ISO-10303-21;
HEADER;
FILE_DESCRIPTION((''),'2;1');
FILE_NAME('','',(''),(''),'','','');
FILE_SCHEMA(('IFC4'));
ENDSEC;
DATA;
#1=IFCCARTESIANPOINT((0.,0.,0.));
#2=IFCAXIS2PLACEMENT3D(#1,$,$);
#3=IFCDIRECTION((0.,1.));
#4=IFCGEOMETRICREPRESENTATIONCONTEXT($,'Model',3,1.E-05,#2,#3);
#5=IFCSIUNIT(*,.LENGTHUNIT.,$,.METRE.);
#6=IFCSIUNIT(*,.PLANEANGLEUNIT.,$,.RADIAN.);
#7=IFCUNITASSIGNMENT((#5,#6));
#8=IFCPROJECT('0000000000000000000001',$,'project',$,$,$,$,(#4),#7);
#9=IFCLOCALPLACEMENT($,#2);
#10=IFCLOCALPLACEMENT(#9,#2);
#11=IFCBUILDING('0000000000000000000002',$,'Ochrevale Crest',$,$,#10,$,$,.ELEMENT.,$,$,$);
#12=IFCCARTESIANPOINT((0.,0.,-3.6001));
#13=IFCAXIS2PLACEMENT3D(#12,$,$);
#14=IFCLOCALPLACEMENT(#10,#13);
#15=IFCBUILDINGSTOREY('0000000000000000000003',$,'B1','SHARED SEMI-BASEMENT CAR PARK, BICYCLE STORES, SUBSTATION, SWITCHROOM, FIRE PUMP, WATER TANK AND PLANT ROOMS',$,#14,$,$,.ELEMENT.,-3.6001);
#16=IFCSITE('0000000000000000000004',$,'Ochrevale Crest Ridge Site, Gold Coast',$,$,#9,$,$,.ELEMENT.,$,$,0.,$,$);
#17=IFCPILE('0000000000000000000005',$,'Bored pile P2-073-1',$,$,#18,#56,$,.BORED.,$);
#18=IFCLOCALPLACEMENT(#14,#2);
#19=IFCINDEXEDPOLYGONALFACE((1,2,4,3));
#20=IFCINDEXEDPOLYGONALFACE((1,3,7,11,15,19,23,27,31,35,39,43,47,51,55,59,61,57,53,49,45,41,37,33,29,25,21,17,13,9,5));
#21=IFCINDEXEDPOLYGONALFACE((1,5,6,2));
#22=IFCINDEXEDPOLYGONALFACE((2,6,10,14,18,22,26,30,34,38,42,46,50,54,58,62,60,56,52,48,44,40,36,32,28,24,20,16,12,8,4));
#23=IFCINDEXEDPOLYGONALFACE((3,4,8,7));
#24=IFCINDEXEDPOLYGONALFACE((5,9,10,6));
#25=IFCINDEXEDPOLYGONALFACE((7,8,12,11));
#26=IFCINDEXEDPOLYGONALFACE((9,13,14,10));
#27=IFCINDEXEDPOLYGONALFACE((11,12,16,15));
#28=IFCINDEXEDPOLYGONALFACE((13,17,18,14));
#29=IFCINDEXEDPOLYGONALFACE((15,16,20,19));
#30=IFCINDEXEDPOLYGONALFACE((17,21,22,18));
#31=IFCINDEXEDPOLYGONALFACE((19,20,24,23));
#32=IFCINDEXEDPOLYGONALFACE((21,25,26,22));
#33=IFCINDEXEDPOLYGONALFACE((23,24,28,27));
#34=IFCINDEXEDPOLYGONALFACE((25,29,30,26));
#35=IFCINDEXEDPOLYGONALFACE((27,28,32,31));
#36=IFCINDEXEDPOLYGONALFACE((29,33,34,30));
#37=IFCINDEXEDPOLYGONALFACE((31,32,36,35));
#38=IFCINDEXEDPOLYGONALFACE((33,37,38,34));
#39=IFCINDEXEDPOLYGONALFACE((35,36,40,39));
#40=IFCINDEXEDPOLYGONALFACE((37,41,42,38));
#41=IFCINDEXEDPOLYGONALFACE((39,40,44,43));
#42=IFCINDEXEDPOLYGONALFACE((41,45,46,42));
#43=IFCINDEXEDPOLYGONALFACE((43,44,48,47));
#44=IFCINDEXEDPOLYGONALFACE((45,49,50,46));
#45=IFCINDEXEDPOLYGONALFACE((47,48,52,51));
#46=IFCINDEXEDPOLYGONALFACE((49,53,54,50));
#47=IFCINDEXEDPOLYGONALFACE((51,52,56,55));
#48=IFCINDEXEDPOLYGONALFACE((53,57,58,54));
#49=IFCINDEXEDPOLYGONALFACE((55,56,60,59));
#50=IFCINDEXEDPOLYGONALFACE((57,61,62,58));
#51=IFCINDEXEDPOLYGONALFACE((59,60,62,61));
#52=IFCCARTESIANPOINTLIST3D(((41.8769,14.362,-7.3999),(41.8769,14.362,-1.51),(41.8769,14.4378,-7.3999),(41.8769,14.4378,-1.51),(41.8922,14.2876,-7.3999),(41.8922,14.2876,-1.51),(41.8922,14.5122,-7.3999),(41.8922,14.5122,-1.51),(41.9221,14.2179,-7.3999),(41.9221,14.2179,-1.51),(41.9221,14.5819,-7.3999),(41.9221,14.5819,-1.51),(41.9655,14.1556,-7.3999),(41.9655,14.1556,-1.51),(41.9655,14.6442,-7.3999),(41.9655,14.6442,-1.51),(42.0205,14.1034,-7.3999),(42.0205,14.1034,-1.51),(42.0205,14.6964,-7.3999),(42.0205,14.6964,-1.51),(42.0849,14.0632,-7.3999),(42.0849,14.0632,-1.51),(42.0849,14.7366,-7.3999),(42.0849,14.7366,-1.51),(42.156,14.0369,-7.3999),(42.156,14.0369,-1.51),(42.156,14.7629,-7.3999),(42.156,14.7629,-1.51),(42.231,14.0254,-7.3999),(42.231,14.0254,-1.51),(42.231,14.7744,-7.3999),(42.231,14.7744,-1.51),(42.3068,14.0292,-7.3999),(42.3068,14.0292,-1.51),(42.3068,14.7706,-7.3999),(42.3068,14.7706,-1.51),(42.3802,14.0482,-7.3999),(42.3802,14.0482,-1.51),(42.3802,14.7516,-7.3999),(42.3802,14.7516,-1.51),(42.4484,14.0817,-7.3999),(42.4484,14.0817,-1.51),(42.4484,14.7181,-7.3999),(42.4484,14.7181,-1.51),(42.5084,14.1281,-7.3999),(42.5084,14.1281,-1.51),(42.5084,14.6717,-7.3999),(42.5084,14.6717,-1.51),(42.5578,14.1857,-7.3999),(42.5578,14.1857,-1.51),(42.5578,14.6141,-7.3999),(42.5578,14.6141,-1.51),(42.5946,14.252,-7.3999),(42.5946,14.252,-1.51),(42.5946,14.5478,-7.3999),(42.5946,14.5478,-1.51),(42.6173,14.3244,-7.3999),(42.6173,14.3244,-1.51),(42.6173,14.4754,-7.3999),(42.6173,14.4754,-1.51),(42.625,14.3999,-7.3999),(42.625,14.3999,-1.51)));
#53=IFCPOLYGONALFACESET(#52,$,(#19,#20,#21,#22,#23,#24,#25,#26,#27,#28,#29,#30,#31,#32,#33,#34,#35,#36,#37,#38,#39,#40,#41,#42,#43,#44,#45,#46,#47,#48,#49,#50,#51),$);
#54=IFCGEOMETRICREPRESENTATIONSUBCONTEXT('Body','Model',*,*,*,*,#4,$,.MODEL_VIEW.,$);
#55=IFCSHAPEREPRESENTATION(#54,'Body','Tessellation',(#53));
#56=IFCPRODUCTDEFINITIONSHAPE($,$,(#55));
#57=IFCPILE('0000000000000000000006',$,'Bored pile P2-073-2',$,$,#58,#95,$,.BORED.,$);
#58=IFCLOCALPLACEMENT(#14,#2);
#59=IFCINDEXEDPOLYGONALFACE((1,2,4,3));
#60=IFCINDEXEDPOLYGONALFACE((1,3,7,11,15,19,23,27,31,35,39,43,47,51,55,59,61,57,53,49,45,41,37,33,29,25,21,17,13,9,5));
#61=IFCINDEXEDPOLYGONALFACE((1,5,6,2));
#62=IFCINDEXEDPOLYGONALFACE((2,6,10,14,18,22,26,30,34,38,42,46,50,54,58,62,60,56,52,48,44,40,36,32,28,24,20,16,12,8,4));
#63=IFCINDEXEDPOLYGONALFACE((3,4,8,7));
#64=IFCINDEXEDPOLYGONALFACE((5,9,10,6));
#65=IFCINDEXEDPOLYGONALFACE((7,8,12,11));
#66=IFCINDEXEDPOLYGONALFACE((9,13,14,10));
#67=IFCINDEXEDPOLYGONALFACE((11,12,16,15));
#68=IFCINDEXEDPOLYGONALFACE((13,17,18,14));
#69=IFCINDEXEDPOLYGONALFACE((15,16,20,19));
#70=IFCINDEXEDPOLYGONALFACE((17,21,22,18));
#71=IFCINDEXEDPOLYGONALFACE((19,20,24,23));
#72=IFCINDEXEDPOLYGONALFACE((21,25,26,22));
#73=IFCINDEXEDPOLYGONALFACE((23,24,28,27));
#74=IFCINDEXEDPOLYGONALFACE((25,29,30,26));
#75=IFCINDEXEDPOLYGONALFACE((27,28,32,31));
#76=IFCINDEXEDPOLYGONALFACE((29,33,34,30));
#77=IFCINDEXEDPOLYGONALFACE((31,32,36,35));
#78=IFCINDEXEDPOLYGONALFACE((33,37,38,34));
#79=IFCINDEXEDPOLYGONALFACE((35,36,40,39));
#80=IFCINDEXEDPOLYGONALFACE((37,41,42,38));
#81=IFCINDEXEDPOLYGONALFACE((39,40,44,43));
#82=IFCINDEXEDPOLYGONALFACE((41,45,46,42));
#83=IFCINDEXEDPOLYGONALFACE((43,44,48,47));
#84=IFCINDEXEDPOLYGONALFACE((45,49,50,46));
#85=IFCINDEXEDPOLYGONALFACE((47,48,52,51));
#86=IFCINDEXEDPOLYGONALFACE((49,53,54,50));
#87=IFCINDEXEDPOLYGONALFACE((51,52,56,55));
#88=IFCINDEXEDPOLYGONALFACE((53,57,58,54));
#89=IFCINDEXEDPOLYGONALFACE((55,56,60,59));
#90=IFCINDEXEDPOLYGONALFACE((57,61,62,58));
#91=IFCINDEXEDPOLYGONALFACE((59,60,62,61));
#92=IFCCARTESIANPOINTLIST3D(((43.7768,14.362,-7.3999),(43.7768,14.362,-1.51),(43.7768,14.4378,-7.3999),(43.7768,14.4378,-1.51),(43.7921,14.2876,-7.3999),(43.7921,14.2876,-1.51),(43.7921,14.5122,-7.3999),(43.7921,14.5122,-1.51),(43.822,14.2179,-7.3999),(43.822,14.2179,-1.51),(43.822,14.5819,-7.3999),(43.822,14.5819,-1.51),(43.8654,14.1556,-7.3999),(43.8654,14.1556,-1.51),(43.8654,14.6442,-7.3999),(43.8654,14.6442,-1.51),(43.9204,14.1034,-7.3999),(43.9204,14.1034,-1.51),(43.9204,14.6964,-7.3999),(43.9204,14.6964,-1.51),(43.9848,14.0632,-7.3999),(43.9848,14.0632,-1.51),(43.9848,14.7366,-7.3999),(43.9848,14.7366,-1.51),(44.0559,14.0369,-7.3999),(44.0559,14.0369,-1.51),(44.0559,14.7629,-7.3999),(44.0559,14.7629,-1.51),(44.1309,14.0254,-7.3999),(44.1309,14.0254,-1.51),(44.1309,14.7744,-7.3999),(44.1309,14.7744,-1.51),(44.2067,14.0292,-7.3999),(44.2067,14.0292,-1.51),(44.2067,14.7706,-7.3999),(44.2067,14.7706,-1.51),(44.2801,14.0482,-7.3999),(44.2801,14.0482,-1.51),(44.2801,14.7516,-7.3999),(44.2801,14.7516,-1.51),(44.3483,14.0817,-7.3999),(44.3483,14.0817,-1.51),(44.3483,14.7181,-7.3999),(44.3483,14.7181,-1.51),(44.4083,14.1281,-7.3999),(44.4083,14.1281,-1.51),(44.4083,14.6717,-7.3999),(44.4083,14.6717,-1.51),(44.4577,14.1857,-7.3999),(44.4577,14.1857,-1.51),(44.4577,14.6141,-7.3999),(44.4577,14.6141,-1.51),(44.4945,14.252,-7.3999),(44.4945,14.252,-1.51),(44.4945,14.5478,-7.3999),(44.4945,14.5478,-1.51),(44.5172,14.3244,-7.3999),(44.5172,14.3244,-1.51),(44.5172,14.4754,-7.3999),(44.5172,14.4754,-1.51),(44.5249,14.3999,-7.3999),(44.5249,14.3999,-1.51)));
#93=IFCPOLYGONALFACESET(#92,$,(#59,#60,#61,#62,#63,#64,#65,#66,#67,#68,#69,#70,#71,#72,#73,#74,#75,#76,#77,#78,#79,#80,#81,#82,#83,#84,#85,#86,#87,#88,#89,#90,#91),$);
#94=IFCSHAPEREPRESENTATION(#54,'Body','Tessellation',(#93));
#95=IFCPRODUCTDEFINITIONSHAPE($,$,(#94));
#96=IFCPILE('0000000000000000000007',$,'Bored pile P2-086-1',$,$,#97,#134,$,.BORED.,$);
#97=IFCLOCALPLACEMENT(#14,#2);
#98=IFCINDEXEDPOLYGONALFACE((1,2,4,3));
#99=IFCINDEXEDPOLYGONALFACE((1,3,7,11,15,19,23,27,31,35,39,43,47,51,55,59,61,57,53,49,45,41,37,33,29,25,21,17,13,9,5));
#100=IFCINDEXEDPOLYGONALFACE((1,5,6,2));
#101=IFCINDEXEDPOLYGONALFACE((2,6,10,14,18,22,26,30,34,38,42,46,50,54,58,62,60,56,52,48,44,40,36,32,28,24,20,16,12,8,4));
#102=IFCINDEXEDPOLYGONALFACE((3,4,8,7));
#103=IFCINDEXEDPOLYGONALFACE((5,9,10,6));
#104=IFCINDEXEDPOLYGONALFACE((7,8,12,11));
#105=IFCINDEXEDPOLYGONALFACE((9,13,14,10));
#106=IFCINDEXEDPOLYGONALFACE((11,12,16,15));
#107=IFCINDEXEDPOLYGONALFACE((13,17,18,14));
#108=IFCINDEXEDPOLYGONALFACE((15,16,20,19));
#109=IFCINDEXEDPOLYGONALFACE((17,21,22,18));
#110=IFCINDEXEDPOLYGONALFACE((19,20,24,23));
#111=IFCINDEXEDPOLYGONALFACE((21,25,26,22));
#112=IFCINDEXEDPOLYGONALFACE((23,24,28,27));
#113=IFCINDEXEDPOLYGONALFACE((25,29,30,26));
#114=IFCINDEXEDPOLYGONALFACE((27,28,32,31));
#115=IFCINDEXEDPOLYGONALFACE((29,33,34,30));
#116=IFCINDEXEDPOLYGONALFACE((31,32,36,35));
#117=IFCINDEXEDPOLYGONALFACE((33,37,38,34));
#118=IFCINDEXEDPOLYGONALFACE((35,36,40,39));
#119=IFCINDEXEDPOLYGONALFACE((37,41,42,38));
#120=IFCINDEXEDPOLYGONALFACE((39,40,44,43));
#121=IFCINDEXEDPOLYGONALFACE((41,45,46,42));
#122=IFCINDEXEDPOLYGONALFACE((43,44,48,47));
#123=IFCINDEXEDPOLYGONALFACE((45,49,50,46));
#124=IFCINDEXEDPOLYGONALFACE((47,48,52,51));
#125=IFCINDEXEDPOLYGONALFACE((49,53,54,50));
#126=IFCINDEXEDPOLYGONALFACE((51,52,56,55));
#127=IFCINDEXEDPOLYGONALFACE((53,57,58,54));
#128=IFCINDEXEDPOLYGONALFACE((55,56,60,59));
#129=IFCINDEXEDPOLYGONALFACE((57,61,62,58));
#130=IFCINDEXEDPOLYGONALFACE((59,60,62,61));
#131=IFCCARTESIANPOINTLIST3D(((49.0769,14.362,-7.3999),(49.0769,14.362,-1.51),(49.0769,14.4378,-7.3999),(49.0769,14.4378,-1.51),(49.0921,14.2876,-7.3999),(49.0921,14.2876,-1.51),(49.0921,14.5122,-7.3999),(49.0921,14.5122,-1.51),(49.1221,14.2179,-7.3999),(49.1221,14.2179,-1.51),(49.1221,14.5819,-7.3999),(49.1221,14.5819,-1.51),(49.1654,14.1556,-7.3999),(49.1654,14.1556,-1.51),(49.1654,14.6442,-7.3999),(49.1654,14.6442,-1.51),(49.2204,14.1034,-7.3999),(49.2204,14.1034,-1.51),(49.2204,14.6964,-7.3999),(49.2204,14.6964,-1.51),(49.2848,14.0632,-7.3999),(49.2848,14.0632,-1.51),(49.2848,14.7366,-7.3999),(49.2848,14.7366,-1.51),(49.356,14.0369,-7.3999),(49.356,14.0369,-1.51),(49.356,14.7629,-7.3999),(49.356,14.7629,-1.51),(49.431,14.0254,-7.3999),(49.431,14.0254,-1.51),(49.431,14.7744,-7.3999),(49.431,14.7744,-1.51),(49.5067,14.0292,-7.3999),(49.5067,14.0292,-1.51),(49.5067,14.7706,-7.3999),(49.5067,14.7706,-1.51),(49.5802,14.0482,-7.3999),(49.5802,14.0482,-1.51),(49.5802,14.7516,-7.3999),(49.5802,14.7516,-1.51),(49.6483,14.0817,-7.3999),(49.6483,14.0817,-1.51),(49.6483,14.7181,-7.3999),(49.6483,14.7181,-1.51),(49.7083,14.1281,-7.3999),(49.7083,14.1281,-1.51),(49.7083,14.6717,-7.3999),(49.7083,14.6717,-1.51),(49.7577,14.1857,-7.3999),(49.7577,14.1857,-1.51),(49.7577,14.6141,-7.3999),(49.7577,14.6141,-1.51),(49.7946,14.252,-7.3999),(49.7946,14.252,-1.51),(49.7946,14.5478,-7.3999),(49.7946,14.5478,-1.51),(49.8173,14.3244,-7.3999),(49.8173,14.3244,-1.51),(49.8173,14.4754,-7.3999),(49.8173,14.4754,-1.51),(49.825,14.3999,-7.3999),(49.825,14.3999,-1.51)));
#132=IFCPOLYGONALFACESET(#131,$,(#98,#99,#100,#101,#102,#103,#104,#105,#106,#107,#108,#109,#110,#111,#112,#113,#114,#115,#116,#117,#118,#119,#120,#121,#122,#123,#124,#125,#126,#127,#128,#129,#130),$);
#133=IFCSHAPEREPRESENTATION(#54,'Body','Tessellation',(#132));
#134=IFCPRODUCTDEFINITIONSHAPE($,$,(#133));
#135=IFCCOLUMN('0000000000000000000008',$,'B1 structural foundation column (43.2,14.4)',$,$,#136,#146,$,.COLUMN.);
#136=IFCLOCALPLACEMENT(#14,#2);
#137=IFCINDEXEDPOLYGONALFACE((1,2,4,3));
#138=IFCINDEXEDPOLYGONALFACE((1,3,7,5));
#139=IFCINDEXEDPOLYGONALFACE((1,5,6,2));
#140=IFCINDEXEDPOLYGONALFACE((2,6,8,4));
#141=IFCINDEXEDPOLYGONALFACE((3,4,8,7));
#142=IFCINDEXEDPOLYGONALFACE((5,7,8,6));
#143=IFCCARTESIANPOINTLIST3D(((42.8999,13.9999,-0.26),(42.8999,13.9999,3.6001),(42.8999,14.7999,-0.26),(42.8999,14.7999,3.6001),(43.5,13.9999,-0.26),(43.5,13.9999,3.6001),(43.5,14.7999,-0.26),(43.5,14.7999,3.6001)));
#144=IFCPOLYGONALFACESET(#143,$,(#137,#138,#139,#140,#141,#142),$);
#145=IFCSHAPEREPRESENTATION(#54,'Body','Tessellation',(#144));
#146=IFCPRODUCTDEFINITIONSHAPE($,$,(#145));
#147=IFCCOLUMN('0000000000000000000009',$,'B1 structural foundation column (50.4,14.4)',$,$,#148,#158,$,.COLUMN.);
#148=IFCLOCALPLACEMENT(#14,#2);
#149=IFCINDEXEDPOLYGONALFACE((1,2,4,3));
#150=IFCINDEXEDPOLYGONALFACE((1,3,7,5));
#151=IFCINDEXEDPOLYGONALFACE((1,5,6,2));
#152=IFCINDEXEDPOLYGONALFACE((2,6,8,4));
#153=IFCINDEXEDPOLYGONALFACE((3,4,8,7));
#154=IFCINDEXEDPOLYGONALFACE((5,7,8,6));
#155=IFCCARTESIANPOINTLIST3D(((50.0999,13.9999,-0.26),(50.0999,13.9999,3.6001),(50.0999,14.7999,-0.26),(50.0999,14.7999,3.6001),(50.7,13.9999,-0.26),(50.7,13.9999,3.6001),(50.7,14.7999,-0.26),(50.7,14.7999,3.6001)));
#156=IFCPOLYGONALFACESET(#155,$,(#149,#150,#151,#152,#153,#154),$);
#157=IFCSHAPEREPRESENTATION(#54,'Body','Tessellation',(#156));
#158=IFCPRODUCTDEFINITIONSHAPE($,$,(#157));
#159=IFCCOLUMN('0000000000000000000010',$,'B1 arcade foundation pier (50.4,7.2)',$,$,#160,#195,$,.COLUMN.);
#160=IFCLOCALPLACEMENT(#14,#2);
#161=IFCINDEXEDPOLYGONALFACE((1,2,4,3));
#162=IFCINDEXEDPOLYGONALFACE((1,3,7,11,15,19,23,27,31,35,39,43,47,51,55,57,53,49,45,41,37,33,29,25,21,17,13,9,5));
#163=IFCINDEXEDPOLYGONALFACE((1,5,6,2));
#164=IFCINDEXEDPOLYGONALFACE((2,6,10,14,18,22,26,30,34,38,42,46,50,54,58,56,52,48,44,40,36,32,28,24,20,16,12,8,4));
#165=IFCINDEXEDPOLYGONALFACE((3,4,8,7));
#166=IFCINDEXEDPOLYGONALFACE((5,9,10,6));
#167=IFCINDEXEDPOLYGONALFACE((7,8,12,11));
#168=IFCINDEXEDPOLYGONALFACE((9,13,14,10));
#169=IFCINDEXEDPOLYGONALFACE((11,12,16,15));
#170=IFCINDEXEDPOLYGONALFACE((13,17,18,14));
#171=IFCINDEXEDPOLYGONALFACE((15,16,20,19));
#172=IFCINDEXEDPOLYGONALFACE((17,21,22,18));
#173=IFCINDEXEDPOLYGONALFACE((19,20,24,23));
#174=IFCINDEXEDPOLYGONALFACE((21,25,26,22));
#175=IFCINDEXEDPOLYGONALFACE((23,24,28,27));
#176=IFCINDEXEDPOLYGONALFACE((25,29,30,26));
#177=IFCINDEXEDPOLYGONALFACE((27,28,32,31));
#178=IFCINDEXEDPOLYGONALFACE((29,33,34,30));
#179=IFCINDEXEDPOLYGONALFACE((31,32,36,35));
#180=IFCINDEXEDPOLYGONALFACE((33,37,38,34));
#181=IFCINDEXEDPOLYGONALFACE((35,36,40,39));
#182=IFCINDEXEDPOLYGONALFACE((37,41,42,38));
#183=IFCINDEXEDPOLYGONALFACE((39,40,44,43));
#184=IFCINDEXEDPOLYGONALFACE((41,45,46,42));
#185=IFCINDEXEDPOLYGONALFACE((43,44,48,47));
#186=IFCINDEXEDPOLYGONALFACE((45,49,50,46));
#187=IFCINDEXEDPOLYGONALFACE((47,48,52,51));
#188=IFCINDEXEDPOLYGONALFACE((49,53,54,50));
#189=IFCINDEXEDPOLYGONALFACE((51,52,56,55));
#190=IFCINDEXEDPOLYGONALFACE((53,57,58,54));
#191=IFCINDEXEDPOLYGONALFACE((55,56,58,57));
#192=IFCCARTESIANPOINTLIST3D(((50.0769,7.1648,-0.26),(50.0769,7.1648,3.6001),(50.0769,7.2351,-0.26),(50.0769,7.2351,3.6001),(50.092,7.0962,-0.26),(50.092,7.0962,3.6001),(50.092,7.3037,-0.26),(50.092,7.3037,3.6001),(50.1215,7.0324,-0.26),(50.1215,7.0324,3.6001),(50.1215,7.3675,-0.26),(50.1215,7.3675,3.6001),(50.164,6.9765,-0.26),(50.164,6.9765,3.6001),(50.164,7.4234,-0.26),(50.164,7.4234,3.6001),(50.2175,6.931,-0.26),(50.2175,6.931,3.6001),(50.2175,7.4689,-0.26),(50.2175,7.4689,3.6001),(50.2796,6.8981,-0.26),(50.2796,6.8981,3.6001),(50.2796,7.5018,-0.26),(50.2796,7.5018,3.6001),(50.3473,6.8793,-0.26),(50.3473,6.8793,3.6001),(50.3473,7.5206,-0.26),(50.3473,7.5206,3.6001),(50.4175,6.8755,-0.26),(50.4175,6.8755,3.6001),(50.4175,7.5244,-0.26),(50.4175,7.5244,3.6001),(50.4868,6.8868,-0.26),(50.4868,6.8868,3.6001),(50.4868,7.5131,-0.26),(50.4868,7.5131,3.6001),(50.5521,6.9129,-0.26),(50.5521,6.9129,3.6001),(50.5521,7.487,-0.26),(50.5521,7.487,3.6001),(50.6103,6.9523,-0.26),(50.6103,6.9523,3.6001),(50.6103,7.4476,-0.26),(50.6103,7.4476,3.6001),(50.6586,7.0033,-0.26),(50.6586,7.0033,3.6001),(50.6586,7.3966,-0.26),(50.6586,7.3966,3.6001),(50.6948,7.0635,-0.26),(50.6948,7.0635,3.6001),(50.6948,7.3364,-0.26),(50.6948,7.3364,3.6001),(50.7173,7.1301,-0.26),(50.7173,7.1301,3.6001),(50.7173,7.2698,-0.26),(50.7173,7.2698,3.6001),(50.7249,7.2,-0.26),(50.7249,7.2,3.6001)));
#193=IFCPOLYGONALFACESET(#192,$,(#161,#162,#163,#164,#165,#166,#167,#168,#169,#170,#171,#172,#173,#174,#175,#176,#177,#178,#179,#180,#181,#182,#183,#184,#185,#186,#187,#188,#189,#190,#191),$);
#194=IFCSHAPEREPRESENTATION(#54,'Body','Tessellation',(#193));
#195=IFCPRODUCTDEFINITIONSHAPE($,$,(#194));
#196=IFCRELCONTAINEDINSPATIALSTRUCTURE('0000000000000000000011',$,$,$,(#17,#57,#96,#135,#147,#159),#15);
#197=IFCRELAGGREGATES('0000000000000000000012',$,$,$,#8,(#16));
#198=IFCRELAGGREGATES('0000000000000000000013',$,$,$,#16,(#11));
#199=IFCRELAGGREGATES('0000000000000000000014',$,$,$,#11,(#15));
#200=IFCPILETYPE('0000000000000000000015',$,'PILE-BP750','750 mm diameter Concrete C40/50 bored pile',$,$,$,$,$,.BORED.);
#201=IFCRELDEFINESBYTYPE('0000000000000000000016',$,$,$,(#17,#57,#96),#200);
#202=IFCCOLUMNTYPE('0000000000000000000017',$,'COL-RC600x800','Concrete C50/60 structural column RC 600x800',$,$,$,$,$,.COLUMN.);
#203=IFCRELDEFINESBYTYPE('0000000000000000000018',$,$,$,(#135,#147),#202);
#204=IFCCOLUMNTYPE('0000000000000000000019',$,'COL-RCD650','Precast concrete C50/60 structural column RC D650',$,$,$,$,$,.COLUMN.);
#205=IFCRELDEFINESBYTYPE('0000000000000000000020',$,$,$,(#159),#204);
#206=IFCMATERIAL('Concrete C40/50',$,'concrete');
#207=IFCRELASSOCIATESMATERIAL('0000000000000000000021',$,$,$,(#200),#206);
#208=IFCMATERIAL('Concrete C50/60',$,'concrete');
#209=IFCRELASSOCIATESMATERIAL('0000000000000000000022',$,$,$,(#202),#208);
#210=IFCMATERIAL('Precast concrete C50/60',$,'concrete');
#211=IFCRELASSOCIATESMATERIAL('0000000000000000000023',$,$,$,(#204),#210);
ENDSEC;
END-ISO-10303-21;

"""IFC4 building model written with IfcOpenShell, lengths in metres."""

from ifc_helpers import new_model, si_unit, direction, frame, origin, origin_2d, place, context, subcontext, project, spatial, rectangle, circle, extrude, material, material_profile, profile_set, type_object, element, save


model = new_model("IFC4")

# Units and contexts
model_context = context("Model", 3, precision=1e-05, world=origin(), true_north=direction((0.0, 1.0)))
body_context = subcontext(model_context, "Body", "Model", "MODEL_VIEW")
ifc_project = project(units=[si_unit("LENGTHUNIT", "METRE"), si_unit("PLANEANGLEUNIT", "RADIAN")], contexts=[model_context])

# Site, building, storey
site_placement = place(None, origin())
site = spatial("IfcSite", under=ifc_project, at=site_placement, Name="Ochrevale Crest Ridge Site, Gold Coast", CompositionType="ELEMENT", RefElevation=0.0)
building_placement = place(site_placement, origin())
building = spatial("IfcBuilding", under=site, at=building_placement, Name="Ochrevale Crest", CompositionType="ELEMENT")
storey_placement = place(building_placement, frame((0.0, 0.0, -3.6001)))
storey = spatial("IfcBuildingStorey", under=building, at=storey_placement, Name="B1", Description="SHARED SEMI-BASEMENT CAR PARK, BICYCLE STORES, SUBSTATION, SWITCHROOM, FIRE PUMP, WATER TANK AND PLANT ROOMS", CompositionType="ELEMENT", Elevation=-3.6001)

# Shared definitions
ifc_material_1 = material(Name="Concrete C40/50", Category="concrete")

# Piles
ifc_material_profile_1 = material_profile(ifc_material_1, circle(Radius=0.375, at=origin_2d()), Name="BORED PILE 750")
ifc_profile_set_1 = profile_set([ifc_material_profile_1], Name="Concrete C40/50")
pile_type_1 = type_object("IfcPileType", Name="PILE-BP750", Description="750 mm diameter Concrete C40/50 bored pile", PredefinedType="BORED", material=ifc_profile_set_1)
for number, where, z_axis, x_axis, name in (
    (1, (42.25, 14.3999, -1.51), (0.0, 0.0, -1.0), (1.0, 0.0, 0.0), "Bored pile P2-073-1"),
    (2, (44.1499, 14.3999, -1.51), (0.0, 0.0, -1.0), (1.0, 0.0, 0.0), "Bored pile P2-073-2"),
    (3, (49.45, 14.3999, -1.51), (0.0, 0.0, -1.0), (1.0, 0.0, 0.0), "Bored pile P2-086-1"),
):
    element("IfcPile", number, at=place(storey_placement, frame(where, z_axis=z_axis, x_axis=x_axis)), inside=storey, type_object=pile_type_1, Name=name, PredefinedType="BORED", context=body_context, shape_type="SweptSolid", body=[
        extrude(circle(Radius=0.375, at=origin_2d()), origin(), (0.0, 0.0, 1.0), 5.8899),
    ])

# Columns
ifc_material_2 = material(Name="Concrete C50/60", Category="concrete")
ifc_material_profile_2 = material_profile(ifc_material_2, rectangle(XDim=0.6001, YDim=0.8, at=origin_2d()), Name="RC 600x800")
ifc_profile_set_2 = profile_set([ifc_material_profile_2], Name="Concrete C50/60")
column_type_1 = type_object("IfcColumnType", Name="COL-RC600x800", Description="Concrete C50/60 structural column RC 600x800", PredefinedType="COLUMN", material=ifc_profile_set_2)
for number, where, z_axis, x_axis, name in (
    (4, (43.2, 14.3999, -0.26), (0.0, 0.0, 1.0), (1.0, 0.0, 0.0), "B1 structural foundation column (43.2,14.4)"),
    (5, (50.3999, 14.3999, -0.26), (0.0, 0.0, 1.0), (1.0, 0.0, 0.0), "B1 structural foundation column (50.4,14.4)"),
):
    element("IfcColumn", number, at=place(storey_placement, frame(where, z_axis=z_axis, x_axis=x_axis)), inside=storey, type_object=column_type_1, Name=name, PredefinedType="COLUMN", context=body_context, shape_type="SweptSolid", body=[
        extrude(rectangle(XDim=0.6001, YDim=0.8, at=origin_2d()), origin(), (0.0, 0.0, 1.0), 3.8601),
    ])
ifc_material_3 = material(Name="Precast concrete C50/60", Category="concrete")
ifc_material_profile_3 = material_profile(ifc_material_3, circle(Radius=0.325, at=origin_2d()), Name="RC D650")
ifc_profile_set_3 = profile_set([ifc_material_profile_3], Name="Precast concrete C50/60")
column_type_2 = type_object("IfcColumnType", Name="COL-RCD650", Description="Precast concrete C50/60 structural column RC D650", PredefinedType="COLUMN", material=ifc_profile_set_3)
column_placement = place(storey_placement, frame((50.3999, 7.2, -0.26), z_axis=(0.0, 0.0, 1.0), x_axis=(1.0, 0.0, 0.0)))
element("IfcColumn", 6, at=column_placement, inside=storey, type_object=column_type_2, Name="B1 arcade foundation pier (50.4,7.2)", PredefinedType="COLUMN", context=body_context, shape_type="SweptSolid", body=[
    extrude(circle(Radius=0.325, at=origin_2d()), origin(), (0.0, 0.0, 1.0), 3.8601),
])

save(model, "model.ifc")
